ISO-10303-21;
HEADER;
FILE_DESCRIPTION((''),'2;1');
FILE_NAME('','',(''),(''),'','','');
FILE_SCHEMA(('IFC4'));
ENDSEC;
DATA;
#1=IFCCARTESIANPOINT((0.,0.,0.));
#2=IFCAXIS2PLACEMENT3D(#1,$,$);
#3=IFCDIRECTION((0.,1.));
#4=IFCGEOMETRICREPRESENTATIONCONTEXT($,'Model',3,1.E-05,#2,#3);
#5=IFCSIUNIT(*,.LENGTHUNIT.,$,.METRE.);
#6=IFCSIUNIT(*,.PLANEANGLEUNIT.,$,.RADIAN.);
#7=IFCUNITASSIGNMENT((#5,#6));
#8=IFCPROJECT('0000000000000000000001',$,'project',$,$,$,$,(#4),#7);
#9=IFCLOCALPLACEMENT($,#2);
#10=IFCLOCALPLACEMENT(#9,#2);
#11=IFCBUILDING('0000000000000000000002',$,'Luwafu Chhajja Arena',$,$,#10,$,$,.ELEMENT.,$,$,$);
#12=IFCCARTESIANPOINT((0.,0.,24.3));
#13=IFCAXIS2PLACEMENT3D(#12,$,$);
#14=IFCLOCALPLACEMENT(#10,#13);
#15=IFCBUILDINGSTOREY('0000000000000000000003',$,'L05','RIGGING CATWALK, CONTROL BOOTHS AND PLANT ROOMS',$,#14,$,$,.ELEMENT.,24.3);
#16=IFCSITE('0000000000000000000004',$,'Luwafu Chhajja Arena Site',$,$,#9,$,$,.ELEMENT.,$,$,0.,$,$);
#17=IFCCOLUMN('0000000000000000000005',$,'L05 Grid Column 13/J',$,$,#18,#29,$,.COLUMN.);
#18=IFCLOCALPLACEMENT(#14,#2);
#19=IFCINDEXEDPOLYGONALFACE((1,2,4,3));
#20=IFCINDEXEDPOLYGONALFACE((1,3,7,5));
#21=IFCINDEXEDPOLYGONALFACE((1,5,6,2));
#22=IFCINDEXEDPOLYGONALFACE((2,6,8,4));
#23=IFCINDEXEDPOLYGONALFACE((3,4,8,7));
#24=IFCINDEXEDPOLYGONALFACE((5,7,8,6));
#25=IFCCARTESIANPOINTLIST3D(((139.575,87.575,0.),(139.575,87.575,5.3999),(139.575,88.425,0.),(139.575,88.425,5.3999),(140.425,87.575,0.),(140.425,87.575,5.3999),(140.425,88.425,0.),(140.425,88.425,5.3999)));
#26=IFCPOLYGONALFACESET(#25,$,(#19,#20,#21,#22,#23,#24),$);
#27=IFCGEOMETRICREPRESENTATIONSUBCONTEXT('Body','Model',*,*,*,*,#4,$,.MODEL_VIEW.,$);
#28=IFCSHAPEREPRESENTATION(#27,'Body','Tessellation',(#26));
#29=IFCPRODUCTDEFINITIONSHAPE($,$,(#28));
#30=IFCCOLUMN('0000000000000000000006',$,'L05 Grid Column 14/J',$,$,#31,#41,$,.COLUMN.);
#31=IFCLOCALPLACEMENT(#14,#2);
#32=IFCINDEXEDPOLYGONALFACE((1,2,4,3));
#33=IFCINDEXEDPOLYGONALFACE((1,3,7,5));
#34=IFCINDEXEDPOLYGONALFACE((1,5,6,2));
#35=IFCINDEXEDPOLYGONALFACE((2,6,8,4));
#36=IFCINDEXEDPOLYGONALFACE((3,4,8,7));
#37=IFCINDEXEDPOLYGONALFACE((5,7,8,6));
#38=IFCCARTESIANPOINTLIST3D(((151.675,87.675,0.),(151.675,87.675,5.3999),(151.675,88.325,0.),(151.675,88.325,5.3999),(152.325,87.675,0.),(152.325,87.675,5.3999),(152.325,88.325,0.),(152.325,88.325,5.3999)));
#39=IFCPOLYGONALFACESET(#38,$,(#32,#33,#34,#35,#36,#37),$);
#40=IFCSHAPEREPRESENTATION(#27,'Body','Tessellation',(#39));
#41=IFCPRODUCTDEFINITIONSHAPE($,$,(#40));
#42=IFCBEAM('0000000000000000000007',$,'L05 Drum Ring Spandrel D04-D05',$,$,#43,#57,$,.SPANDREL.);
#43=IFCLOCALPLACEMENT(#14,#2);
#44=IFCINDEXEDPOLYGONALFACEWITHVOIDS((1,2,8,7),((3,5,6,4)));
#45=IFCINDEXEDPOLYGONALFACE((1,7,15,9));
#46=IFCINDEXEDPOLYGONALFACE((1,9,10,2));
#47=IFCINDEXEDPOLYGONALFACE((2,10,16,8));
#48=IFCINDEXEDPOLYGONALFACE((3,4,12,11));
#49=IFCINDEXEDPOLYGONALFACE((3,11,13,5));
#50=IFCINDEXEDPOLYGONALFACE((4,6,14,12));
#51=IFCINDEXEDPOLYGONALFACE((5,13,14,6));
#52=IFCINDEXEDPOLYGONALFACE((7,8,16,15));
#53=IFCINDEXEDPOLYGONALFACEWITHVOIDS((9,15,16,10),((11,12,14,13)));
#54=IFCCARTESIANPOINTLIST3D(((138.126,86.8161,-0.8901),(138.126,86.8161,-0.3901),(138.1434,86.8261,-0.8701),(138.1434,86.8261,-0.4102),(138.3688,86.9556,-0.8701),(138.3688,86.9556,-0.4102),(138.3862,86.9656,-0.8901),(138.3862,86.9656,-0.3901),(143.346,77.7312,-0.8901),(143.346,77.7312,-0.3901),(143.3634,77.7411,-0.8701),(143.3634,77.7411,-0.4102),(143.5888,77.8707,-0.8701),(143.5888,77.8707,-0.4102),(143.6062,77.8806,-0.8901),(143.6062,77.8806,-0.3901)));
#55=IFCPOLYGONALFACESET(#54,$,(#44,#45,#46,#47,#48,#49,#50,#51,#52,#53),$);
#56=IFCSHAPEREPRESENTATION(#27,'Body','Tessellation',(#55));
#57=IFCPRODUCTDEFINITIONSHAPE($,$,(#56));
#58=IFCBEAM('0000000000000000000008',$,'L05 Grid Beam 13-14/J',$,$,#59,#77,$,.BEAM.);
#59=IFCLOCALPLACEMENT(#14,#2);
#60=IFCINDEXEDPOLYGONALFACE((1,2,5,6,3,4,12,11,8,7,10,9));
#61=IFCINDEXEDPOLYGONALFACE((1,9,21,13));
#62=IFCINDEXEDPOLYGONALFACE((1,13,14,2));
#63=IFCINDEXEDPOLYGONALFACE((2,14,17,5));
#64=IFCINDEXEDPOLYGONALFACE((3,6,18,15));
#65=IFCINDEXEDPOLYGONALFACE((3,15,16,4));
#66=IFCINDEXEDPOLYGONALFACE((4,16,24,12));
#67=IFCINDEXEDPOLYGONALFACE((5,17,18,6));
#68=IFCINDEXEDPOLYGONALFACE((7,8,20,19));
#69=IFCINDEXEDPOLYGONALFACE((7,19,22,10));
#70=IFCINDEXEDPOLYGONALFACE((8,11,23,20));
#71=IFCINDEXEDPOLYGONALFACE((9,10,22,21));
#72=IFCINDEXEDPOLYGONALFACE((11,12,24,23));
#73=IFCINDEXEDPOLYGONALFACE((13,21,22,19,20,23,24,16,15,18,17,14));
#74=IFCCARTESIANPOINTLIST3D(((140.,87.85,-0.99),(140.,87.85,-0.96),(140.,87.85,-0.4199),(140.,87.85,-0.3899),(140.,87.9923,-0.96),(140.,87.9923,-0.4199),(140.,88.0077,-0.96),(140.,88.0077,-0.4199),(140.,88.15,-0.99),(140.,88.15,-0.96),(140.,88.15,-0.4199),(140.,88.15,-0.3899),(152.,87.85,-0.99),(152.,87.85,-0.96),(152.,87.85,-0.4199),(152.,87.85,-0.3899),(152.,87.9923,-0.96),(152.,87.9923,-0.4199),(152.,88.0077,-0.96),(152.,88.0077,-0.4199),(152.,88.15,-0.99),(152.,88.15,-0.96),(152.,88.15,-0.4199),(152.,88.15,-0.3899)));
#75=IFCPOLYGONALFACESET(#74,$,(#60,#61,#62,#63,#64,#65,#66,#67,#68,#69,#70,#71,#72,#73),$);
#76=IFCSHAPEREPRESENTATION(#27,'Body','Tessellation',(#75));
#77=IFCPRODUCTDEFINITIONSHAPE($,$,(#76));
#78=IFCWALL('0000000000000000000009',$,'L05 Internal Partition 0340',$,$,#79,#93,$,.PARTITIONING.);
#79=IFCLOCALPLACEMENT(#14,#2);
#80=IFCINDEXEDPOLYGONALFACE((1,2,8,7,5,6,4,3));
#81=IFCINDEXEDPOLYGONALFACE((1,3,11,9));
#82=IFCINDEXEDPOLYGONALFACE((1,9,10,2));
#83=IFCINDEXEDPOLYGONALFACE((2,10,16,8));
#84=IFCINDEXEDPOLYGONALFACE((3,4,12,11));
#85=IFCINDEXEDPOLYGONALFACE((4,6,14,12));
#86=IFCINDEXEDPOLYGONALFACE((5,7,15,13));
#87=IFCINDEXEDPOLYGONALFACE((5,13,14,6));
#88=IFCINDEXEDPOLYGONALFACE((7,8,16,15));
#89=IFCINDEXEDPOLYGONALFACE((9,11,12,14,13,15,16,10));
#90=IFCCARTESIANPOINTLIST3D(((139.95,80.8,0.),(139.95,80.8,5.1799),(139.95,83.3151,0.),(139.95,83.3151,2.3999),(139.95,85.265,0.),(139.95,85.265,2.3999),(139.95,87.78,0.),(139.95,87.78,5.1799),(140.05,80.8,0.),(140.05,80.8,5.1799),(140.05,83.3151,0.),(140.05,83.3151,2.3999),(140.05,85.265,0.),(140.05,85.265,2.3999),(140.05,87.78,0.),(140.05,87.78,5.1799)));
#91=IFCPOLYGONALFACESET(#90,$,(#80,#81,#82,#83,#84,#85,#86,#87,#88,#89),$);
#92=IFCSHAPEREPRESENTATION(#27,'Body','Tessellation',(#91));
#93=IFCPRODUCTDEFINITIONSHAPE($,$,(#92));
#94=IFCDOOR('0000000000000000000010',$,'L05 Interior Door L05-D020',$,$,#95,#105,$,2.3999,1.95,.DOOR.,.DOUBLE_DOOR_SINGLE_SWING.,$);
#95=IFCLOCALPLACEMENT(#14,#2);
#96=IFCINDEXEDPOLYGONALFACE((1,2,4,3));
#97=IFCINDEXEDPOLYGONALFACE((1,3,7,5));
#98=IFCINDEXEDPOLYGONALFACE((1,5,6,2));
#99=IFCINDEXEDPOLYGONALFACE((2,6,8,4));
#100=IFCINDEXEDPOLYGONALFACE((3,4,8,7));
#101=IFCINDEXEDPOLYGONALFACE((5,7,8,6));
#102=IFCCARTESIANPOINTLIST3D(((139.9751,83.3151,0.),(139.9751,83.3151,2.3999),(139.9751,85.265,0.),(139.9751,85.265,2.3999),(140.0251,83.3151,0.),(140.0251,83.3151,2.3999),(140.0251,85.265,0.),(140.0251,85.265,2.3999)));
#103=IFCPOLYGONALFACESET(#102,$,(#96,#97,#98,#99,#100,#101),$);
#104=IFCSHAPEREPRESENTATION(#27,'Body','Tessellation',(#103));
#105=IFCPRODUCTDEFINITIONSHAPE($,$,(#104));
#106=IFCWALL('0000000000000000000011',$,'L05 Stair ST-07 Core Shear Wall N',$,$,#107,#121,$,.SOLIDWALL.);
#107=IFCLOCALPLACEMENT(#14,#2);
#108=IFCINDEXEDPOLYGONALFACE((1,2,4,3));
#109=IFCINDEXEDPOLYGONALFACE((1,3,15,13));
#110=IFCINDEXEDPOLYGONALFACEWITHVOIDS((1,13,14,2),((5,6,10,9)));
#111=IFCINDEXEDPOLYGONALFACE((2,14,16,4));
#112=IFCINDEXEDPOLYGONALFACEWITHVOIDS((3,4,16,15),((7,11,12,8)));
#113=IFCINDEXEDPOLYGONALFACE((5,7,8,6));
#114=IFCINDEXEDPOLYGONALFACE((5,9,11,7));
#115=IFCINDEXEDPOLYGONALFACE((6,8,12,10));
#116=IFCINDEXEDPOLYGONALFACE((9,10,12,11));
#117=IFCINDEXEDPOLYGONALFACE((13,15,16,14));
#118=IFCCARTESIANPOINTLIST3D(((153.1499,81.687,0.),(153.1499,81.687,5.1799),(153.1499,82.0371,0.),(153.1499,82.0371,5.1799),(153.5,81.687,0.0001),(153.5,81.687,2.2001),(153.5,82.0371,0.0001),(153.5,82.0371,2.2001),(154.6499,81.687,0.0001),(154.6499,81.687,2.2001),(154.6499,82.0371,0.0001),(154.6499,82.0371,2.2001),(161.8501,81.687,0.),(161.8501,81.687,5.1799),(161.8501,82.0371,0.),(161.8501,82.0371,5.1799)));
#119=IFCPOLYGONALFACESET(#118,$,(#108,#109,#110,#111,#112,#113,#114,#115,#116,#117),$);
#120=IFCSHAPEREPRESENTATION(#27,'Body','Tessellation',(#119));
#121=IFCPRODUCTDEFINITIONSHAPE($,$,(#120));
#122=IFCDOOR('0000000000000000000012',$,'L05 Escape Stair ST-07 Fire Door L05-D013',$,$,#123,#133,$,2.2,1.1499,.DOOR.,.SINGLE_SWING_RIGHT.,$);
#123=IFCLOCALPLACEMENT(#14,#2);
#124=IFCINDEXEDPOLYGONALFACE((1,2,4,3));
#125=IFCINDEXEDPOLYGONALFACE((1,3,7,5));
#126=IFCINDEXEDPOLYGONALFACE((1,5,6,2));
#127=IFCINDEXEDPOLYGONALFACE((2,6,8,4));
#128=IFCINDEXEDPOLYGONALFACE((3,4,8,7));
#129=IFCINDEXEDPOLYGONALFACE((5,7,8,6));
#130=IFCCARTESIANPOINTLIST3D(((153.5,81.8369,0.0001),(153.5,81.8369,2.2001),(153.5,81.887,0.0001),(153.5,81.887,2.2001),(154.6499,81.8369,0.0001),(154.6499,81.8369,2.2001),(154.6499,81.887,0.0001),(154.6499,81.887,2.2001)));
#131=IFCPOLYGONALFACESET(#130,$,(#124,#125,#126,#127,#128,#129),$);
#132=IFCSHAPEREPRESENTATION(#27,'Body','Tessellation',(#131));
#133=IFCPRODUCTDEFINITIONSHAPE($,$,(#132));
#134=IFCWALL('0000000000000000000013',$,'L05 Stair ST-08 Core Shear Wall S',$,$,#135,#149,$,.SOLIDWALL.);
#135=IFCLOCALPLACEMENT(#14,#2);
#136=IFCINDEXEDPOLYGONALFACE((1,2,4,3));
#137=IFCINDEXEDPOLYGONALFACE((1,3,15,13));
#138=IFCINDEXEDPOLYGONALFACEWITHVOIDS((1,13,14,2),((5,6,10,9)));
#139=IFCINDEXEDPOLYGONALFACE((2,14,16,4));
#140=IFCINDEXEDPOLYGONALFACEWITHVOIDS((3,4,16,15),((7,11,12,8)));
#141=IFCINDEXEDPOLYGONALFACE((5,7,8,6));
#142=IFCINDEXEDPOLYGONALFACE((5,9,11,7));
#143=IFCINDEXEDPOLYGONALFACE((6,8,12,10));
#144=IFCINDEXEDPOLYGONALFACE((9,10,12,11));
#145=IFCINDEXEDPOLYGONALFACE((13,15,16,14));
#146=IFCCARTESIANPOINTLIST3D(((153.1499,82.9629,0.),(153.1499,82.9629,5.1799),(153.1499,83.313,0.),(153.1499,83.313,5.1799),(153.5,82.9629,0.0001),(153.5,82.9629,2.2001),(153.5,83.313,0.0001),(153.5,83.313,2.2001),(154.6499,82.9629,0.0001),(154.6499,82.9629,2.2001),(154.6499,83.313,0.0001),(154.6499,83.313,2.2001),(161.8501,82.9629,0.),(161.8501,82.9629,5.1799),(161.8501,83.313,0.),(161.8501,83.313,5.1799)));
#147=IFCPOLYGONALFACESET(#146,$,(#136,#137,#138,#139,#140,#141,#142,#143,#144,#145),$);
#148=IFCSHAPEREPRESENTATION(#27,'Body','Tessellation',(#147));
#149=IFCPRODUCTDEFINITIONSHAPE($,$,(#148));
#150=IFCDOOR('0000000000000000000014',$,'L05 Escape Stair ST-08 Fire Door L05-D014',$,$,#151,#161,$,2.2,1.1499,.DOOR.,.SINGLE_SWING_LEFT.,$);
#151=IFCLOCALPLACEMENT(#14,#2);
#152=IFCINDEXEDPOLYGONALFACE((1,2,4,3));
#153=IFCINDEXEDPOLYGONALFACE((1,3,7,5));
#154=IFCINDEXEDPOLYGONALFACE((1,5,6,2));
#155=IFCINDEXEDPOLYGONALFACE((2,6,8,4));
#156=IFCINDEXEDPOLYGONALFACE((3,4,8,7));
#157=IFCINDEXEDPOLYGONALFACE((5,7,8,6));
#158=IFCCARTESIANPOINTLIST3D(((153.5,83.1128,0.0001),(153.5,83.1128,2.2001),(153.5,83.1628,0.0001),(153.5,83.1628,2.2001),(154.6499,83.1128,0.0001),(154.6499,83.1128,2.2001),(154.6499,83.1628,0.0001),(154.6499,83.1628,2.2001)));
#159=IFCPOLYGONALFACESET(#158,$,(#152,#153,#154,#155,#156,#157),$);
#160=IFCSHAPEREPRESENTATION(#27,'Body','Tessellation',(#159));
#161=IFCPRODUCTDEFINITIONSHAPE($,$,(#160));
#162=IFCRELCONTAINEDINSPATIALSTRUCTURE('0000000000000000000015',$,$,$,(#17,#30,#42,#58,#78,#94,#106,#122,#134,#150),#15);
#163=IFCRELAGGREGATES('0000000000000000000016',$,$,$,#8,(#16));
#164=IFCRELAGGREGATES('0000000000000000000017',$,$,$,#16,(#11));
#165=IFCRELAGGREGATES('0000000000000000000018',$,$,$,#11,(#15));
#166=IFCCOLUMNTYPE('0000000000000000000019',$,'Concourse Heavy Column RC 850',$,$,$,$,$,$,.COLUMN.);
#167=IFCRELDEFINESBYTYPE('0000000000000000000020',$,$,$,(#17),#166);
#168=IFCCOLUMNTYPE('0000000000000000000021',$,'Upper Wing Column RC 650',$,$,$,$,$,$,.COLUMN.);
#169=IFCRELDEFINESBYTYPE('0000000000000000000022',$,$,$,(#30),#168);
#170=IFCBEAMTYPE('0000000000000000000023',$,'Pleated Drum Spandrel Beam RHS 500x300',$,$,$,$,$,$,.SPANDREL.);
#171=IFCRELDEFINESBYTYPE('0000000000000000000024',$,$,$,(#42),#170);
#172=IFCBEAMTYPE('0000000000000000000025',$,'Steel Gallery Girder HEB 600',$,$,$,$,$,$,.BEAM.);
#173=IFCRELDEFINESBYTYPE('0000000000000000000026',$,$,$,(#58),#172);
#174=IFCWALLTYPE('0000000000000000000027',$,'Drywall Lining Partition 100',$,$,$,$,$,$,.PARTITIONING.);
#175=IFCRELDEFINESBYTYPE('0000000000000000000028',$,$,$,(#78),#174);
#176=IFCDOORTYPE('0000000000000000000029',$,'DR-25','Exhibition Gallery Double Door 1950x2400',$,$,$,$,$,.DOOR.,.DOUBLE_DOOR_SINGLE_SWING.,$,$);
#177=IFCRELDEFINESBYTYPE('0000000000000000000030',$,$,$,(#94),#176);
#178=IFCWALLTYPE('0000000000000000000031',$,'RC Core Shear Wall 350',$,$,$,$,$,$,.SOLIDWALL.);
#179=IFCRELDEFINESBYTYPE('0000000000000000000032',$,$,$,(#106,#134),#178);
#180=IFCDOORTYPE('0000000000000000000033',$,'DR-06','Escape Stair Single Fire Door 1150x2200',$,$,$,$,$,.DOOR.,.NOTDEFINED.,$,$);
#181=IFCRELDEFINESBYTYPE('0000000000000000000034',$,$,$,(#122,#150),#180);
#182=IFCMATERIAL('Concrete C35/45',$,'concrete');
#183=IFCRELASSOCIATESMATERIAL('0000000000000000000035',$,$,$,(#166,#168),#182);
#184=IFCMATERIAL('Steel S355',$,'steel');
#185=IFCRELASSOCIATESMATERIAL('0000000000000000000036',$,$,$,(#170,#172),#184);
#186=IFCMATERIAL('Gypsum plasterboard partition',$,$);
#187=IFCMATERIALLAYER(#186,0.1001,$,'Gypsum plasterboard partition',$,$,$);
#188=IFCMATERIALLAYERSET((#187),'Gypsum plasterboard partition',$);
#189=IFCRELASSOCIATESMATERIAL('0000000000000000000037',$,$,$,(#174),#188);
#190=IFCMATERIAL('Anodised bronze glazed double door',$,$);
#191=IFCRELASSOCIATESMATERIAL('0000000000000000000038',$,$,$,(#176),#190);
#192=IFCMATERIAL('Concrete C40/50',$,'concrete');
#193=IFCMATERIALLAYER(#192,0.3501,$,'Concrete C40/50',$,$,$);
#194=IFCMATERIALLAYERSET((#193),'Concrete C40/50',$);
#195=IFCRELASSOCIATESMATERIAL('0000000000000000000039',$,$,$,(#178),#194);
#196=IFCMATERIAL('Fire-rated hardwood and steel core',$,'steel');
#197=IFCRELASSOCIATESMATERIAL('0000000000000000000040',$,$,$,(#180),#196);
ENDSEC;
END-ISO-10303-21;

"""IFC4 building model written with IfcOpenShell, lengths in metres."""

from ifc_helpers import new_model, si_unit, direction, frame, frame_2d, origin, origin_2d, place, context, subcontext, project, spatial, rectangle, hollow_rectangle, i_section, extrude, material, layer, layer_set, material_profile, profile_set, type_object, element, fill, save


model = new_model("IFC4")

# Units and contexts
model_context = context("Model", 3, precision=1e-05, world=origin(), true_north=direction((0.0, 1.0)))
body_context = subcontext(model_context, "Body", "Model", "MODEL_VIEW")
ifc_project = project(units=[si_unit("LENGTHUNIT", "METRE"), si_unit("PLANEANGLEUNIT", "RADIAN")], contexts=[model_context])

# Site, building, storey
site_placement = place(None, origin())
site = spatial("IfcSite", under=ifc_project, at=site_placement, Name="Luwafu Chhajja Arena Site", CompositionType="ELEMENT", RefElevation=0.0)
building_placement = place(site_placement, origin())
building = spatial("IfcBuilding", under=site, at=building_placement, Name="Luwafu Chhajja Arena", CompositionType="ELEMENT")
storey_placement = place(building_placement, frame((0.0, 0.0, 24.3)))
storey = spatial("IfcBuildingStorey", under=building, at=storey_placement, Name="L05", Description="RIGGING CATWALK, CONTROL BOOTHS AND PLANT ROOMS", CompositionType="ELEMENT", Elevation=24.3)

# Columns
ifc_material_1 = material(Name="Concrete C35/45", Category="concrete")
ifc_material_profile_1 = material_profile(ifc_material_1, rectangle(XDim=0.8501, YDim=0.8501, at=origin_2d()), Name="RC 850x850")
ifc_profile_set_1 = profile_set([ifc_material_profile_1], Name="Concrete C35/45")
column_type_1 = type_object("IfcColumnType", Name="Concourse Heavy Column RC 850", PredefinedType="COLUMN", material=ifc_profile_set_1)
column_1_placement = place(storey_placement, frame((140.0, 88.0, 0.0), z_axis=(0.0, 0.0, 1.0), x_axis=(1.0, 0.0, 0.0)))
element("IfcColumn", 1, at=column_1_placement, inside=storey, type_object=column_type_1, Name="L05 Grid Column 13/J", PredefinedType="COLUMN", context=body_context, shape_type="SweptSolid", body=[
    extrude(rectangle(XDim=0.8501, YDim=0.8501, at=origin_2d()), origin(), (0.0, 0.0, 1.0), 5.3999),
])
ifc_material_profile_2 = material_profile(ifc_material_1, rectangle(XDim=0.6499, YDim=0.6499, at=origin_2d()), Name="RC 650x650")
ifc_profile_set_2 = profile_set([ifc_material_profile_2], Name="Concrete C35/45")
column_type_2 = type_object("IfcColumnType", Name="Upper Wing Column RC 650", PredefinedType="COLUMN", material=ifc_profile_set_2)
column_2_placement = place(storey_placement, frame((152.0, 88.0, 0.0), z_axis=(0.0, 0.0, 1.0), x_axis=(1.0, 0.0, 0.0)))
element("IfcColumn", 2, at=column_2_placement, inside=storey, type_object=column_type_2, Name="L05 Grid Column 14/J", PredefinedType="COLUMN", context=body_context, shape_type="SweptSolid", body=[
    extrude(rectangle(XDim=0.6499, YDim=0.6499, at=origin_2d()), origin(), (0.0, 0.0, 1.0), 5.3999),
])

# Beams
ifc_material_2 = material(Name="Steel S355", Category="steel")
ifc_material_profile_3 = material_profile(ifc_material_2, hollow_rectangle(XDim=0.3, YDim=0.5, WallThickness=0.02, at=origin_2d()), Name="RHS 500x300x20")
ifc_profile_set_3 = profile_set([ifc_material_profile_3], Name="Steel S355")
beam_type_1 = type_object("IfcBeamType", Name="Pleated Drum Spandrel Beam RHS 500x300", PredefinedType="SPANDREL", material=ifc_profile_set_3)
beam_1_placement = place(storey_placement, frame((143.4761, 77.8059, -0.6401), z_axis=(-0.498193, 0.867066, 0.0), x_axis=(-0.867066, -0.498193, 0.0)))
element("IfcBeam", 3, at=beam_1_placement, inside=storey, type_object=beam_type_1, Name="L05 Drum Ring Spandrel D04-D05", PredefinedType="SPANDREL", context=body_context, shape_type="SweptSolid", body=[
    extrude(hollow_rectangle(XDim=0.3, YDim=0.5, WallThickness=0.02, at=origin_2d()), origin(), (0.0, 0.0, 1.0), 10.4778),
])
ifc_material_profile_4 = material_profile(ifc_material_2, i_section(OverallWidth=0.3, OverallDepth=0.6001, WebThickness=0.0154, FlangeThickness=0.03, at=origin_2d()), Name="HEB 600")
ifc_profile_set_4 = profile_set([ifc_material_profile_4], Name="Steel S355")
beam_type_2 = type_object("IfcBeamType", Name="Steel Gallery Girder HEB 600", PredefinedType="BEAM", material=ifc_profile_set_4)
beam_2_placement = place(storey_placement, frame((140.0, 88.0, -0.6899), z_axis=(1.0, 0.0, 0.0), x_axis=(0.0, 1.0, 0.0)))
element("IfcBeam", 4, at=beam_2_placement, inside=storey, type_object=beam_type_2, Name="L05 Grid Beam 13-14/J", PredefinedType="BEAM", context=body_context, shape_type="SweptSolid", body=[
    extrude(i_section(OverallWidth=0.3, OverallDepth=0.6001, WebThickness=0.0154, FlangeThickness=0.03, at=origin_2d()), origin(), (0.0, 0.0, 1.0), 12.0),
])

# Walls, openings, doors
ifc_material_3 = material(Name="Gypsum plasterboard partition")
ifc_layer_1 = layer(ifc_material_3, 0.1001, Name="Gypsum plasterboard partition")
ifc_layer_set_1 = layer_set([ifc_layer_1], Name="Gypsum plasterboard partition")
wall_type_1 = type_object("IfcWallType", Name="Drywall Lining Partition 100", PredefinedType="PARTITIONING", material=ifc_layer_set_1)
wall_1_placement = place(storey_placement, frame((140.0, 80.8, 0.0), z_axis=(0.0, 0.0, 1.0), x_axis=(0.0, 1.0, 0.0)))
wall_1 = element("IfcWall", 5, at=wall_1_placement, inside=storey, type_object=wall_type_1, Name="L05 Internal Partition 0340", PredefinedType="PARTITIONING", context=body_context, shape_type="SweptSolid", body=[
    extrude(rectangle(XDim=6.98, YDim=0.1001, at=frame_2d((3.49, 0.0))), origin(), (0.0, 0.0, 1.0), 5.1799),
])
opening_1_placement = place(wall_1_placement, frame((2.5149, 0.0, 0.0)))
opening_1 = element("IfcOpeningElement", 6, at=opening_1_placement, cuts=wall_1, PredefinedType="OPENING", context=body_context, shape_type="SweptSolid", body=[
    extrude(rectangle(XDim=1.95, YDim=2.3999, at=frame_2d((0.9751, 1.2))), frame((0.0, 0.0601, 0.0), z_axis=(0.0, -1.0, 0.0), x_axis=(1.0, 0.0, 0.0)), (0.0, 0.0, 1.0), 0.1201),
])
ifc_material_4 = material(Name="Anodised bronze glazed double door")
door_type_1 = type_object("IfcDoorType", Name="DR-25", Description="Exhibition Gallery Double Door 1950x2400", OperationType="DOUBLE_DOOR_SINGLE_SWING", PredefinedType="DOOR", material=ifc_material_4)
door_1_placement = place(opening_1_placement, origin())
door_1 = element("IfcDoor", 7, at=door_1_placement, inside=storey, type_object=door_type_1, Name="L05 Interior Door L05-D020", OperationType="DOUBLE_DOOR_SINGLE_SWING", OverallHeight=2.3999, OverallWidth=1.95, PredefinedType="DOOR", context=body_context, shape_type="SweptSolid", body=[
    extrude(rectangle(XDim=1.95, YDim=2.3999, at=frame_2d((0.9751, 1.2))), frame((0.0, 0.0249, 0.0), z_axis=(0.0, -1.0, 0.0), x_axis=(1.0, 0.0, 0.0)), (0.0, 0.0, 1.0), 0.05),
])
fill(opening_1, door_1)
ifc_material_5 = material(Name="Concrete C40/50", Category="concrete")
ifc_layer_2 = layer(ifc_material_5, 0.3501, Name="Concrete C40/50")
ifc_layer_set_2 = layer_set([ifc_layer_2], Name="Concrete C40/50")
wall_type_2 = type_object("IfcWallType", Name="RC Core Shear Wall 350", PredefinedType="SOLIDWALL", material=ifc_layer_set_2)
wall_2_placement = place(storey_placement, frame((153.1499, 81.8621, 0.0), z_axis=(0.0, 0.0, 1.0), x_axis=(1.0, 0.0, 0.0)))
wall_2 = element("IfcWall", 8, at=wall_2_placement, inside=storey, type_object=wall_type_2, Name="L05 Stair ST-07 Core Shear Wall N", PredefinedType="SOLIDWALL", context=body_context, shape_type="SweptSolid", body=[
    extrude(rectangle(XDim=8.7002, YDim=0.3501, at=frame_2d((4.3501, 0.0))), origin(), (0.0, 0.0, 1.0), 5.1799),
])
opening_2_placement = place(wall_2_placement, frame((0.3501, 0.0, 0.0)))
opening_2 = element("IfcOpeningElement", 9, at=opening_2_placement, cuts=wall_2, PredefinedType="OPENING", context=body_context, shape_type="SweptSolid", body=[
    extrude(rectangle(XDim=1.1499, YDim=2.2, at=frame_2d((0.575, 1.1001))), frame((0.0, 0.1851, 0.0), z_axis=(0.0, -1.0, 0.0), x_axis=(1.0, 0.0, 0.0)), (0.0, 0.0, 1.0), 0.3701),
])
ifc_material_6 = material(Name="Fire-rated hardwood and steel core", Category="steel")
door_type_2 = type_object("IfcDoorType", Name="DR-06", Description="Escape Stair Single Fire Door 1150x2200", OperationType="NOTDEFINED", PredefinedType="DOOR", material=ifc_material_6)
door_2_placement = place(opening_2_placement, origin())
door_2 = element("IfcDoor", 10, at=door_2_placement, inside=storey, type_object=door_type_2, Name="L05 Escape Stair ST-07 Fire Door L05-D013", OperationType="SINGLE_SWING_RIGHT", OverallHeight=2.2, OverallWidth=1.1499, PredefinedType="DOOR", context=body_context, shape_type="SweptSolid", body=[
    extrude(rectangle(XDim=1.1499, YDim=2.2, at=frame_2d((0.575, 1.1001))), frame((0.0, 0.0249, 0.0), z_axis=(0.0, -1.0, 0.0), x_axis=(1.0, 0.0, 0.0)), (0.0, 0.0, 1.0), 0.05),
])
fill(opening_2, door_2)
wall_3_placement = place(storey_placement, frame((153.1499, 83.1379, 0.0), z_axis=(0.0, 0.0, 1.0), x_axis=(1.0, 0.0, 0.0)))
wall_3 = element("IfcWall", 11, at=wall_3_placement, inside=storey, type_object=wall_type_2, Name="L05 Stair ST-08 Core Shear Wall S", PredefinedType="SOLIDWALL", context=body_context, shape_type="SweptSolid", body=[
    extrude(rectangle(XDim=8.7002, YDim=0.3501, at=frame_2d((4.3501, 0.0))), origin(), (0.0, 0.0, 1.0), 5.1799),
])
opening_3_placement = place(wall_3_placement, frame((0.3501, 0.0, 0.0)))
opening_3 = element("IfcOpeningElement", 12, at=opening_3_placement, cuts=wall_3, PredefinedType="OPENING", context=body_context, shape_type="SweptSolid", body=[
    extrude(rectangle(XDim=1.1499, YDim=2.2, at=frame_2d((0.575, 1.1001))), frame((0.0, 0.1851, 0.0), z_axis=(0.0, -1.0, 0.0), x_axis=(1.0, 0.0, 0.0)), (0.0, 0.0, 1.0), 0.3701),
])
door_3_placement = place(opening_3_placement, origin())
door_3 = element("IfcDoor", 13, at=door_3_placement, inside=storey, type_object=door_type_2, Name="L05 Escape Stair ST-08 Fire Door L05-D014", OperationType="SINGLE_SWING_LEFT", OverallHeight=2.2, OverallWidth=1.1499, PredefinedType="DOOR", context=body_context, shape_type="SweptSolid", body=[
    extrude(rectangle(XDim=1.1499, YDim=2.2, at=frame_2d((0.575, 1.1001))), frame((0.0, 0.0249, 0.0), z_axis=(0.0, -1.0, 0.0), x_axis=(1.0, 0.0, 0.0)), (0.0, 0.0, 1.0), 0.05),
])
fill(opening_3, door_3)

save(model, "model.ifc")
